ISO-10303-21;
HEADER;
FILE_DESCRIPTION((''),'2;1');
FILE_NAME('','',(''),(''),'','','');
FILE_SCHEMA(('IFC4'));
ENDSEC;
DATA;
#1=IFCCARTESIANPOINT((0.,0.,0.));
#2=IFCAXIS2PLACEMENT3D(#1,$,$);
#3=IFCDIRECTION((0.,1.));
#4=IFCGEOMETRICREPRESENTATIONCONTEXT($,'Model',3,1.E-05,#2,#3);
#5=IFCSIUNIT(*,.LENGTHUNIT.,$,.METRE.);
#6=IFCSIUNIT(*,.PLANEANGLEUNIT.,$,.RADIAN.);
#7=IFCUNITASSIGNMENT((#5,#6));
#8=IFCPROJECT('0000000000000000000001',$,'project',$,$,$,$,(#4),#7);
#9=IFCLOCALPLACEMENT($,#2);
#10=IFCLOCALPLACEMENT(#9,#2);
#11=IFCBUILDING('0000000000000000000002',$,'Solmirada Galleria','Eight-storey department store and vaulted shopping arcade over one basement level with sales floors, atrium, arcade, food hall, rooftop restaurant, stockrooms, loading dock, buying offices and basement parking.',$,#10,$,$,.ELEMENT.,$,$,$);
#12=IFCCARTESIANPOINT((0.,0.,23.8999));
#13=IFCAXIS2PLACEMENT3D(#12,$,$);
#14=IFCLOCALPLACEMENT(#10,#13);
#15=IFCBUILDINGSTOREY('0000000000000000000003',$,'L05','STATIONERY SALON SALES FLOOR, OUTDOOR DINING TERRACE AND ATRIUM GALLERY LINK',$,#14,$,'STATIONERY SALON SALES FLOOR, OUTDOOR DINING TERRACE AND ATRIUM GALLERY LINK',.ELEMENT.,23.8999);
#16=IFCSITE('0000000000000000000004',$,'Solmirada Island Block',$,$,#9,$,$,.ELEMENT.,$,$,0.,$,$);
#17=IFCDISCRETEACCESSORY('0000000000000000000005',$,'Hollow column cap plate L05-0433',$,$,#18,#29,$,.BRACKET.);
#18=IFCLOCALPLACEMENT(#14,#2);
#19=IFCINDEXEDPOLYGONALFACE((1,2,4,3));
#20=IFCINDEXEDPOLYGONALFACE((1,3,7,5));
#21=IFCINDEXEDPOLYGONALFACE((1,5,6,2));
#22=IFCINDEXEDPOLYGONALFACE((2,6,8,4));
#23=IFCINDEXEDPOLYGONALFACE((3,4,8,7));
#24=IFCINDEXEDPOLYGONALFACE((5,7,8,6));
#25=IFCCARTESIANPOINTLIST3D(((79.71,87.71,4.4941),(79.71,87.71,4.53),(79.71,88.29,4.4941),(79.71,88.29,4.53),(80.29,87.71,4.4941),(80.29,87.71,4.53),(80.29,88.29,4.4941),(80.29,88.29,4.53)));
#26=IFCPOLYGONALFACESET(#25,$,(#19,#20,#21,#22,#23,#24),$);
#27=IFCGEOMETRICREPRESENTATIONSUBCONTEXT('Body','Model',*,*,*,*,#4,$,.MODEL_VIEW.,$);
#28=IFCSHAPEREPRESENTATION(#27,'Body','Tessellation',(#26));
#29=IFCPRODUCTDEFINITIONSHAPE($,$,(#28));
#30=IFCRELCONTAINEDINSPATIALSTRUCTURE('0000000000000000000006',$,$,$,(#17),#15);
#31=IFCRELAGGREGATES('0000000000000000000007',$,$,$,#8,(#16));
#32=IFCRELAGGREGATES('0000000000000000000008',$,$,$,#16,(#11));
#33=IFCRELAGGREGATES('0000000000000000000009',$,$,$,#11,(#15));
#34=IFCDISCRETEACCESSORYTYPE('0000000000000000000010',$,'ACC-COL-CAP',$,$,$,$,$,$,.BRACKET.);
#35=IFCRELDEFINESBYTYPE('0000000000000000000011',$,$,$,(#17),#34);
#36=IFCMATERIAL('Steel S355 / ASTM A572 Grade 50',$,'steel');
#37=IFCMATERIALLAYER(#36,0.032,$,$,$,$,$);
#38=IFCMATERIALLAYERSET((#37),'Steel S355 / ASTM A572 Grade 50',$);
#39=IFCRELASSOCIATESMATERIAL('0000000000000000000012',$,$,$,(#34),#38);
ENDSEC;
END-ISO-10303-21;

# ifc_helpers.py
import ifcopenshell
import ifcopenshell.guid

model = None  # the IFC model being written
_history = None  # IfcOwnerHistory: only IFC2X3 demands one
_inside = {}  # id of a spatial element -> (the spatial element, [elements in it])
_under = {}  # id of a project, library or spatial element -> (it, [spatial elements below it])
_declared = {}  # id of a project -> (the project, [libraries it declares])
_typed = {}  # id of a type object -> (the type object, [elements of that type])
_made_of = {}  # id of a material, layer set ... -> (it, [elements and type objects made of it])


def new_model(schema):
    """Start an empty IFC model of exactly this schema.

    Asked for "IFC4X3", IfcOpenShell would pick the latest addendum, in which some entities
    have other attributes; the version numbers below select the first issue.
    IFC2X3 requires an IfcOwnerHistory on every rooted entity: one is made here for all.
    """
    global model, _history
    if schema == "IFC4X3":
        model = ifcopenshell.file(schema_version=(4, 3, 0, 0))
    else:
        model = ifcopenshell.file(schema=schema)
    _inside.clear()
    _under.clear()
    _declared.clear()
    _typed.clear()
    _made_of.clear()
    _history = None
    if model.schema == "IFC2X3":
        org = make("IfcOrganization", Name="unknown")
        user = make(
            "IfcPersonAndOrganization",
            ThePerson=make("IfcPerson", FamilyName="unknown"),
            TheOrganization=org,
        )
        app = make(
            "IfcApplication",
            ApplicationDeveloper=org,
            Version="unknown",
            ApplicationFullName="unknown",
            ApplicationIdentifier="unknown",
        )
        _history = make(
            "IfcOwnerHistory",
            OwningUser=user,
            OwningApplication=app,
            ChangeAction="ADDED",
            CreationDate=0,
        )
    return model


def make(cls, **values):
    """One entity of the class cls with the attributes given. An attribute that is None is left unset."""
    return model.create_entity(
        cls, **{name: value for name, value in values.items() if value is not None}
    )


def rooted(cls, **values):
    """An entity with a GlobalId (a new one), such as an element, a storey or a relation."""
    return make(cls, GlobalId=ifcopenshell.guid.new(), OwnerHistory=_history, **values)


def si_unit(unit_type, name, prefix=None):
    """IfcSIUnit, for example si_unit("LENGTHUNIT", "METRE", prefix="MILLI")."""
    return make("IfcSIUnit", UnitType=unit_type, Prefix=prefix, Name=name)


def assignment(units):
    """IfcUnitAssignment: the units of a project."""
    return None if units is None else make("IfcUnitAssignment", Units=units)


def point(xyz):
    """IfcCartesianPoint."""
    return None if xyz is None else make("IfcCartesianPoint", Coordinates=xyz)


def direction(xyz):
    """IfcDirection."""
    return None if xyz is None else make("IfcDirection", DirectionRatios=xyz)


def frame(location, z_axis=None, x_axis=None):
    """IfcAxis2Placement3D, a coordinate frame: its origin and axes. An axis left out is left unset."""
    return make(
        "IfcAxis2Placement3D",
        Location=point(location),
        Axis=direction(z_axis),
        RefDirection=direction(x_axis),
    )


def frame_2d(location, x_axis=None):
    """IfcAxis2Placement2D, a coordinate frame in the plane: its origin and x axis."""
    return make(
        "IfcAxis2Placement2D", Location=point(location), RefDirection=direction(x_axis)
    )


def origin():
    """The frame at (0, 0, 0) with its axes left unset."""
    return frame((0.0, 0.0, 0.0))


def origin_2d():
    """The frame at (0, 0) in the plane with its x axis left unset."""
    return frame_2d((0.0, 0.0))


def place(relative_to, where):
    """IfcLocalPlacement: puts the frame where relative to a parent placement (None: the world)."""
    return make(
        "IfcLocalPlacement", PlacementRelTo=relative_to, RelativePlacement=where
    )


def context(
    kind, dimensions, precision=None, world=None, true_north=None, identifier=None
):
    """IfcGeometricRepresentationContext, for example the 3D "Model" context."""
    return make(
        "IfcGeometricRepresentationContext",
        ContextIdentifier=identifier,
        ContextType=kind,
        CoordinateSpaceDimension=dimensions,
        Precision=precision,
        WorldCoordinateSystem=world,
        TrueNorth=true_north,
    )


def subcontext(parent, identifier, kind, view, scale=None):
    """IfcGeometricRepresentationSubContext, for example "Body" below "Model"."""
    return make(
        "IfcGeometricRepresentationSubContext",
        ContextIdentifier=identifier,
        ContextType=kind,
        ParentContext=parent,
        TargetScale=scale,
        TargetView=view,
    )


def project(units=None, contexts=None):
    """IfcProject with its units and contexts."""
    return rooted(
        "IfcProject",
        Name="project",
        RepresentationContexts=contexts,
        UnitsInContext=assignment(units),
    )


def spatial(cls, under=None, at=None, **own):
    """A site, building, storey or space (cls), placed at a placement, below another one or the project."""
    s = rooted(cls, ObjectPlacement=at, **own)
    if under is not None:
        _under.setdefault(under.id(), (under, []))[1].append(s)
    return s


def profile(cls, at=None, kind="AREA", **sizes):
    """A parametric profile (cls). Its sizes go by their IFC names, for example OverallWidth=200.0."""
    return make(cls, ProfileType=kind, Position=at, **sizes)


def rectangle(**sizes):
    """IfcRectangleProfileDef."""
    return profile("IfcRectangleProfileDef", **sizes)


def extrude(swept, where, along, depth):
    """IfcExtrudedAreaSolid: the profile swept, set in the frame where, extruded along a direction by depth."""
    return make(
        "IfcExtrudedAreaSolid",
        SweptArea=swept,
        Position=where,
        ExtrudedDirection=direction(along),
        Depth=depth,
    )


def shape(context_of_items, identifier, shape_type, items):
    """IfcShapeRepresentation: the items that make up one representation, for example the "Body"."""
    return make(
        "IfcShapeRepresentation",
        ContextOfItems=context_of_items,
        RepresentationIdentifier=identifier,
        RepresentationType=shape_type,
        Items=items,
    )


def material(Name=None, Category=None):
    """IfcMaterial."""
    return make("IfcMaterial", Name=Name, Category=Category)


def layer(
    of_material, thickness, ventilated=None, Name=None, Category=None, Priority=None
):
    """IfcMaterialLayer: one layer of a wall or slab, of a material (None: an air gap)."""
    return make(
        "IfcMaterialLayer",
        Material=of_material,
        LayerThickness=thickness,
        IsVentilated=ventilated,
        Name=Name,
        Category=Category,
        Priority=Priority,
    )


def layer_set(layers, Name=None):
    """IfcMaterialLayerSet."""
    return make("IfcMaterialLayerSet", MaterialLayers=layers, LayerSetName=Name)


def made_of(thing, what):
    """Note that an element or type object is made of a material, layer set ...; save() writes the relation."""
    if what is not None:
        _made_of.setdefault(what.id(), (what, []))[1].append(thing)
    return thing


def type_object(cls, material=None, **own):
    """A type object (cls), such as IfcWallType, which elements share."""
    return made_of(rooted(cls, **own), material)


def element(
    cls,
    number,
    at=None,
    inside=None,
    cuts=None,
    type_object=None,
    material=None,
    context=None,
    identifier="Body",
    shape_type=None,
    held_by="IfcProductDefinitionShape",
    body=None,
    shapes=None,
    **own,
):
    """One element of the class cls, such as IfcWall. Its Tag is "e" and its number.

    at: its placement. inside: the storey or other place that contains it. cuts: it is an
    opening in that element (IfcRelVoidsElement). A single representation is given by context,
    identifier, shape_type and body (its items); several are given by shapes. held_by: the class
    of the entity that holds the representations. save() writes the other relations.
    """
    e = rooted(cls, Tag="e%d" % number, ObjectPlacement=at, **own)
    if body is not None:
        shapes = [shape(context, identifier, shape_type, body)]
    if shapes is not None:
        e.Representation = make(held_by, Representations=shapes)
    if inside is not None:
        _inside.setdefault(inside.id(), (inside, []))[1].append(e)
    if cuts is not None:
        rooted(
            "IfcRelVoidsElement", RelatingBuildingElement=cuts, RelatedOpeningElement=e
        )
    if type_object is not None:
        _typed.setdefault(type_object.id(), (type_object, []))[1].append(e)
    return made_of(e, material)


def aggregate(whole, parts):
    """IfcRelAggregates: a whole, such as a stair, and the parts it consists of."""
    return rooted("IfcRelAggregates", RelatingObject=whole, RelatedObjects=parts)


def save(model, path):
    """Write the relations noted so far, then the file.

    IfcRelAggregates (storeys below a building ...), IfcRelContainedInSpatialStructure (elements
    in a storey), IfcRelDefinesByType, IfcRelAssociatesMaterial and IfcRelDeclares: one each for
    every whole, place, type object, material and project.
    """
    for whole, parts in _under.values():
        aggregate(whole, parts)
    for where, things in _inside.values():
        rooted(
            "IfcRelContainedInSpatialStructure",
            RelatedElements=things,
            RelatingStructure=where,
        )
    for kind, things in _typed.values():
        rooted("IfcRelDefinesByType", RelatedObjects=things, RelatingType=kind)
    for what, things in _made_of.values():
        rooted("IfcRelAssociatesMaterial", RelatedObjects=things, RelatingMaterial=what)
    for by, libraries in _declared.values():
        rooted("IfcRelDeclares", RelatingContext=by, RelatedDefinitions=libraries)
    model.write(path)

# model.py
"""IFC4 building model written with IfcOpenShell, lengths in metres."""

from ifc_helpers import new_model, si_unit, direction, frame, origin, origin_2d, place, context, subcontext, project, spatial, rectangle, extrude, material, layer, layer_set, type_object, element, save


model = new_model("IFC4")

# Units and contexts
model_context = context("Model", 3, precision=1e-05, world=origin(), true_north=direction((0.0, 1.0)))
body_context = subcontext(model_context, "Body", "Model", "MODEL_VIEW")
ifc_project = project(units=[si_unit("LENGTHUNIT", "METRE"), si_unit("PLANEANGLEUNIT", "RADIAN")], contexts=[model_context])

# Site, building, storey
site_placement = place(None, origin())
site = spatial("IfcSite", under=ifc_project, at=site_placement, Name="Solmirada Island Block", CompositionType="ELEMENT", RefElevation=0.0)
building_placement = place(site_placement, origin())
building = spatial("IfcBuilding", under=site, at=building_placement, Name="Solmirada Galleria", Description="Eight-storey department store and vaulted shopping arcade over one basement level with sales floors, atrium, arcade, food hall, rooftop restaurant, stockrooms, loading dock, buying offices and basement parking.", CompositionType="ELEMENT")
storey_placement = place(building_placement, frame((0.0, 0.0, 23.8999)))
storey = spatial("IfcBuildingStorey", under=building, at=storey_placement, Name="L05", Description="STATIONERY SALON SALES FLOOR, OUTDOOR DINING TERRACE AND ATRIUM GALLERY LINK", LongName="STATIONERY SALON SALES FLOOR, OUTDOOR DINING TERRACE AND ATRIUM GALLERY LINK", CompositionType="ELEMENT", Elevation=23.8999)

# Discrete accessory
ifc_material_1 = material(Name="Steel S355 / ASTM A572 Grade 50", Category="steel")
ifc_layer_1 = layer(ifc_material_1, 0.032)
ifc_layer_set_1 = layer_set([ifc_layer_1], Name="Steel S355 / ASTM A572 Grade 50")
discrete_accessory_type = type_object("IfcDiscreteAccessoryType", Name="ACC-COL-CAP", PredefinedType="BRACKET", material=ifc_layer_set_1)
for number, where, z_axis, x_axis, name in (
    (1, (80.0, 88.0, 4.4941), (0.0, 0.0, 1.0), (1.0, 0.0, 0.0), "Hollow column cap plate L05-0433"),
):
    element("IfcDiscreteAccessory", number, at=place(storey_placement, frame(where, z_axis=z_axis, x_axis=x_axis)), inside=storey, type_object=discrete_accessory_type, Name=name, PredefinedType="BRACKET", context=body_context, shape_type="SweptSolid", body=[
        extrude(rectangle(XDim=0.5801, YDim=0.5801, at=origin_2d()), origin(), (0.0, 0.0, 1.0), 0.0359),
    ])

save(model, "model.ifc")
